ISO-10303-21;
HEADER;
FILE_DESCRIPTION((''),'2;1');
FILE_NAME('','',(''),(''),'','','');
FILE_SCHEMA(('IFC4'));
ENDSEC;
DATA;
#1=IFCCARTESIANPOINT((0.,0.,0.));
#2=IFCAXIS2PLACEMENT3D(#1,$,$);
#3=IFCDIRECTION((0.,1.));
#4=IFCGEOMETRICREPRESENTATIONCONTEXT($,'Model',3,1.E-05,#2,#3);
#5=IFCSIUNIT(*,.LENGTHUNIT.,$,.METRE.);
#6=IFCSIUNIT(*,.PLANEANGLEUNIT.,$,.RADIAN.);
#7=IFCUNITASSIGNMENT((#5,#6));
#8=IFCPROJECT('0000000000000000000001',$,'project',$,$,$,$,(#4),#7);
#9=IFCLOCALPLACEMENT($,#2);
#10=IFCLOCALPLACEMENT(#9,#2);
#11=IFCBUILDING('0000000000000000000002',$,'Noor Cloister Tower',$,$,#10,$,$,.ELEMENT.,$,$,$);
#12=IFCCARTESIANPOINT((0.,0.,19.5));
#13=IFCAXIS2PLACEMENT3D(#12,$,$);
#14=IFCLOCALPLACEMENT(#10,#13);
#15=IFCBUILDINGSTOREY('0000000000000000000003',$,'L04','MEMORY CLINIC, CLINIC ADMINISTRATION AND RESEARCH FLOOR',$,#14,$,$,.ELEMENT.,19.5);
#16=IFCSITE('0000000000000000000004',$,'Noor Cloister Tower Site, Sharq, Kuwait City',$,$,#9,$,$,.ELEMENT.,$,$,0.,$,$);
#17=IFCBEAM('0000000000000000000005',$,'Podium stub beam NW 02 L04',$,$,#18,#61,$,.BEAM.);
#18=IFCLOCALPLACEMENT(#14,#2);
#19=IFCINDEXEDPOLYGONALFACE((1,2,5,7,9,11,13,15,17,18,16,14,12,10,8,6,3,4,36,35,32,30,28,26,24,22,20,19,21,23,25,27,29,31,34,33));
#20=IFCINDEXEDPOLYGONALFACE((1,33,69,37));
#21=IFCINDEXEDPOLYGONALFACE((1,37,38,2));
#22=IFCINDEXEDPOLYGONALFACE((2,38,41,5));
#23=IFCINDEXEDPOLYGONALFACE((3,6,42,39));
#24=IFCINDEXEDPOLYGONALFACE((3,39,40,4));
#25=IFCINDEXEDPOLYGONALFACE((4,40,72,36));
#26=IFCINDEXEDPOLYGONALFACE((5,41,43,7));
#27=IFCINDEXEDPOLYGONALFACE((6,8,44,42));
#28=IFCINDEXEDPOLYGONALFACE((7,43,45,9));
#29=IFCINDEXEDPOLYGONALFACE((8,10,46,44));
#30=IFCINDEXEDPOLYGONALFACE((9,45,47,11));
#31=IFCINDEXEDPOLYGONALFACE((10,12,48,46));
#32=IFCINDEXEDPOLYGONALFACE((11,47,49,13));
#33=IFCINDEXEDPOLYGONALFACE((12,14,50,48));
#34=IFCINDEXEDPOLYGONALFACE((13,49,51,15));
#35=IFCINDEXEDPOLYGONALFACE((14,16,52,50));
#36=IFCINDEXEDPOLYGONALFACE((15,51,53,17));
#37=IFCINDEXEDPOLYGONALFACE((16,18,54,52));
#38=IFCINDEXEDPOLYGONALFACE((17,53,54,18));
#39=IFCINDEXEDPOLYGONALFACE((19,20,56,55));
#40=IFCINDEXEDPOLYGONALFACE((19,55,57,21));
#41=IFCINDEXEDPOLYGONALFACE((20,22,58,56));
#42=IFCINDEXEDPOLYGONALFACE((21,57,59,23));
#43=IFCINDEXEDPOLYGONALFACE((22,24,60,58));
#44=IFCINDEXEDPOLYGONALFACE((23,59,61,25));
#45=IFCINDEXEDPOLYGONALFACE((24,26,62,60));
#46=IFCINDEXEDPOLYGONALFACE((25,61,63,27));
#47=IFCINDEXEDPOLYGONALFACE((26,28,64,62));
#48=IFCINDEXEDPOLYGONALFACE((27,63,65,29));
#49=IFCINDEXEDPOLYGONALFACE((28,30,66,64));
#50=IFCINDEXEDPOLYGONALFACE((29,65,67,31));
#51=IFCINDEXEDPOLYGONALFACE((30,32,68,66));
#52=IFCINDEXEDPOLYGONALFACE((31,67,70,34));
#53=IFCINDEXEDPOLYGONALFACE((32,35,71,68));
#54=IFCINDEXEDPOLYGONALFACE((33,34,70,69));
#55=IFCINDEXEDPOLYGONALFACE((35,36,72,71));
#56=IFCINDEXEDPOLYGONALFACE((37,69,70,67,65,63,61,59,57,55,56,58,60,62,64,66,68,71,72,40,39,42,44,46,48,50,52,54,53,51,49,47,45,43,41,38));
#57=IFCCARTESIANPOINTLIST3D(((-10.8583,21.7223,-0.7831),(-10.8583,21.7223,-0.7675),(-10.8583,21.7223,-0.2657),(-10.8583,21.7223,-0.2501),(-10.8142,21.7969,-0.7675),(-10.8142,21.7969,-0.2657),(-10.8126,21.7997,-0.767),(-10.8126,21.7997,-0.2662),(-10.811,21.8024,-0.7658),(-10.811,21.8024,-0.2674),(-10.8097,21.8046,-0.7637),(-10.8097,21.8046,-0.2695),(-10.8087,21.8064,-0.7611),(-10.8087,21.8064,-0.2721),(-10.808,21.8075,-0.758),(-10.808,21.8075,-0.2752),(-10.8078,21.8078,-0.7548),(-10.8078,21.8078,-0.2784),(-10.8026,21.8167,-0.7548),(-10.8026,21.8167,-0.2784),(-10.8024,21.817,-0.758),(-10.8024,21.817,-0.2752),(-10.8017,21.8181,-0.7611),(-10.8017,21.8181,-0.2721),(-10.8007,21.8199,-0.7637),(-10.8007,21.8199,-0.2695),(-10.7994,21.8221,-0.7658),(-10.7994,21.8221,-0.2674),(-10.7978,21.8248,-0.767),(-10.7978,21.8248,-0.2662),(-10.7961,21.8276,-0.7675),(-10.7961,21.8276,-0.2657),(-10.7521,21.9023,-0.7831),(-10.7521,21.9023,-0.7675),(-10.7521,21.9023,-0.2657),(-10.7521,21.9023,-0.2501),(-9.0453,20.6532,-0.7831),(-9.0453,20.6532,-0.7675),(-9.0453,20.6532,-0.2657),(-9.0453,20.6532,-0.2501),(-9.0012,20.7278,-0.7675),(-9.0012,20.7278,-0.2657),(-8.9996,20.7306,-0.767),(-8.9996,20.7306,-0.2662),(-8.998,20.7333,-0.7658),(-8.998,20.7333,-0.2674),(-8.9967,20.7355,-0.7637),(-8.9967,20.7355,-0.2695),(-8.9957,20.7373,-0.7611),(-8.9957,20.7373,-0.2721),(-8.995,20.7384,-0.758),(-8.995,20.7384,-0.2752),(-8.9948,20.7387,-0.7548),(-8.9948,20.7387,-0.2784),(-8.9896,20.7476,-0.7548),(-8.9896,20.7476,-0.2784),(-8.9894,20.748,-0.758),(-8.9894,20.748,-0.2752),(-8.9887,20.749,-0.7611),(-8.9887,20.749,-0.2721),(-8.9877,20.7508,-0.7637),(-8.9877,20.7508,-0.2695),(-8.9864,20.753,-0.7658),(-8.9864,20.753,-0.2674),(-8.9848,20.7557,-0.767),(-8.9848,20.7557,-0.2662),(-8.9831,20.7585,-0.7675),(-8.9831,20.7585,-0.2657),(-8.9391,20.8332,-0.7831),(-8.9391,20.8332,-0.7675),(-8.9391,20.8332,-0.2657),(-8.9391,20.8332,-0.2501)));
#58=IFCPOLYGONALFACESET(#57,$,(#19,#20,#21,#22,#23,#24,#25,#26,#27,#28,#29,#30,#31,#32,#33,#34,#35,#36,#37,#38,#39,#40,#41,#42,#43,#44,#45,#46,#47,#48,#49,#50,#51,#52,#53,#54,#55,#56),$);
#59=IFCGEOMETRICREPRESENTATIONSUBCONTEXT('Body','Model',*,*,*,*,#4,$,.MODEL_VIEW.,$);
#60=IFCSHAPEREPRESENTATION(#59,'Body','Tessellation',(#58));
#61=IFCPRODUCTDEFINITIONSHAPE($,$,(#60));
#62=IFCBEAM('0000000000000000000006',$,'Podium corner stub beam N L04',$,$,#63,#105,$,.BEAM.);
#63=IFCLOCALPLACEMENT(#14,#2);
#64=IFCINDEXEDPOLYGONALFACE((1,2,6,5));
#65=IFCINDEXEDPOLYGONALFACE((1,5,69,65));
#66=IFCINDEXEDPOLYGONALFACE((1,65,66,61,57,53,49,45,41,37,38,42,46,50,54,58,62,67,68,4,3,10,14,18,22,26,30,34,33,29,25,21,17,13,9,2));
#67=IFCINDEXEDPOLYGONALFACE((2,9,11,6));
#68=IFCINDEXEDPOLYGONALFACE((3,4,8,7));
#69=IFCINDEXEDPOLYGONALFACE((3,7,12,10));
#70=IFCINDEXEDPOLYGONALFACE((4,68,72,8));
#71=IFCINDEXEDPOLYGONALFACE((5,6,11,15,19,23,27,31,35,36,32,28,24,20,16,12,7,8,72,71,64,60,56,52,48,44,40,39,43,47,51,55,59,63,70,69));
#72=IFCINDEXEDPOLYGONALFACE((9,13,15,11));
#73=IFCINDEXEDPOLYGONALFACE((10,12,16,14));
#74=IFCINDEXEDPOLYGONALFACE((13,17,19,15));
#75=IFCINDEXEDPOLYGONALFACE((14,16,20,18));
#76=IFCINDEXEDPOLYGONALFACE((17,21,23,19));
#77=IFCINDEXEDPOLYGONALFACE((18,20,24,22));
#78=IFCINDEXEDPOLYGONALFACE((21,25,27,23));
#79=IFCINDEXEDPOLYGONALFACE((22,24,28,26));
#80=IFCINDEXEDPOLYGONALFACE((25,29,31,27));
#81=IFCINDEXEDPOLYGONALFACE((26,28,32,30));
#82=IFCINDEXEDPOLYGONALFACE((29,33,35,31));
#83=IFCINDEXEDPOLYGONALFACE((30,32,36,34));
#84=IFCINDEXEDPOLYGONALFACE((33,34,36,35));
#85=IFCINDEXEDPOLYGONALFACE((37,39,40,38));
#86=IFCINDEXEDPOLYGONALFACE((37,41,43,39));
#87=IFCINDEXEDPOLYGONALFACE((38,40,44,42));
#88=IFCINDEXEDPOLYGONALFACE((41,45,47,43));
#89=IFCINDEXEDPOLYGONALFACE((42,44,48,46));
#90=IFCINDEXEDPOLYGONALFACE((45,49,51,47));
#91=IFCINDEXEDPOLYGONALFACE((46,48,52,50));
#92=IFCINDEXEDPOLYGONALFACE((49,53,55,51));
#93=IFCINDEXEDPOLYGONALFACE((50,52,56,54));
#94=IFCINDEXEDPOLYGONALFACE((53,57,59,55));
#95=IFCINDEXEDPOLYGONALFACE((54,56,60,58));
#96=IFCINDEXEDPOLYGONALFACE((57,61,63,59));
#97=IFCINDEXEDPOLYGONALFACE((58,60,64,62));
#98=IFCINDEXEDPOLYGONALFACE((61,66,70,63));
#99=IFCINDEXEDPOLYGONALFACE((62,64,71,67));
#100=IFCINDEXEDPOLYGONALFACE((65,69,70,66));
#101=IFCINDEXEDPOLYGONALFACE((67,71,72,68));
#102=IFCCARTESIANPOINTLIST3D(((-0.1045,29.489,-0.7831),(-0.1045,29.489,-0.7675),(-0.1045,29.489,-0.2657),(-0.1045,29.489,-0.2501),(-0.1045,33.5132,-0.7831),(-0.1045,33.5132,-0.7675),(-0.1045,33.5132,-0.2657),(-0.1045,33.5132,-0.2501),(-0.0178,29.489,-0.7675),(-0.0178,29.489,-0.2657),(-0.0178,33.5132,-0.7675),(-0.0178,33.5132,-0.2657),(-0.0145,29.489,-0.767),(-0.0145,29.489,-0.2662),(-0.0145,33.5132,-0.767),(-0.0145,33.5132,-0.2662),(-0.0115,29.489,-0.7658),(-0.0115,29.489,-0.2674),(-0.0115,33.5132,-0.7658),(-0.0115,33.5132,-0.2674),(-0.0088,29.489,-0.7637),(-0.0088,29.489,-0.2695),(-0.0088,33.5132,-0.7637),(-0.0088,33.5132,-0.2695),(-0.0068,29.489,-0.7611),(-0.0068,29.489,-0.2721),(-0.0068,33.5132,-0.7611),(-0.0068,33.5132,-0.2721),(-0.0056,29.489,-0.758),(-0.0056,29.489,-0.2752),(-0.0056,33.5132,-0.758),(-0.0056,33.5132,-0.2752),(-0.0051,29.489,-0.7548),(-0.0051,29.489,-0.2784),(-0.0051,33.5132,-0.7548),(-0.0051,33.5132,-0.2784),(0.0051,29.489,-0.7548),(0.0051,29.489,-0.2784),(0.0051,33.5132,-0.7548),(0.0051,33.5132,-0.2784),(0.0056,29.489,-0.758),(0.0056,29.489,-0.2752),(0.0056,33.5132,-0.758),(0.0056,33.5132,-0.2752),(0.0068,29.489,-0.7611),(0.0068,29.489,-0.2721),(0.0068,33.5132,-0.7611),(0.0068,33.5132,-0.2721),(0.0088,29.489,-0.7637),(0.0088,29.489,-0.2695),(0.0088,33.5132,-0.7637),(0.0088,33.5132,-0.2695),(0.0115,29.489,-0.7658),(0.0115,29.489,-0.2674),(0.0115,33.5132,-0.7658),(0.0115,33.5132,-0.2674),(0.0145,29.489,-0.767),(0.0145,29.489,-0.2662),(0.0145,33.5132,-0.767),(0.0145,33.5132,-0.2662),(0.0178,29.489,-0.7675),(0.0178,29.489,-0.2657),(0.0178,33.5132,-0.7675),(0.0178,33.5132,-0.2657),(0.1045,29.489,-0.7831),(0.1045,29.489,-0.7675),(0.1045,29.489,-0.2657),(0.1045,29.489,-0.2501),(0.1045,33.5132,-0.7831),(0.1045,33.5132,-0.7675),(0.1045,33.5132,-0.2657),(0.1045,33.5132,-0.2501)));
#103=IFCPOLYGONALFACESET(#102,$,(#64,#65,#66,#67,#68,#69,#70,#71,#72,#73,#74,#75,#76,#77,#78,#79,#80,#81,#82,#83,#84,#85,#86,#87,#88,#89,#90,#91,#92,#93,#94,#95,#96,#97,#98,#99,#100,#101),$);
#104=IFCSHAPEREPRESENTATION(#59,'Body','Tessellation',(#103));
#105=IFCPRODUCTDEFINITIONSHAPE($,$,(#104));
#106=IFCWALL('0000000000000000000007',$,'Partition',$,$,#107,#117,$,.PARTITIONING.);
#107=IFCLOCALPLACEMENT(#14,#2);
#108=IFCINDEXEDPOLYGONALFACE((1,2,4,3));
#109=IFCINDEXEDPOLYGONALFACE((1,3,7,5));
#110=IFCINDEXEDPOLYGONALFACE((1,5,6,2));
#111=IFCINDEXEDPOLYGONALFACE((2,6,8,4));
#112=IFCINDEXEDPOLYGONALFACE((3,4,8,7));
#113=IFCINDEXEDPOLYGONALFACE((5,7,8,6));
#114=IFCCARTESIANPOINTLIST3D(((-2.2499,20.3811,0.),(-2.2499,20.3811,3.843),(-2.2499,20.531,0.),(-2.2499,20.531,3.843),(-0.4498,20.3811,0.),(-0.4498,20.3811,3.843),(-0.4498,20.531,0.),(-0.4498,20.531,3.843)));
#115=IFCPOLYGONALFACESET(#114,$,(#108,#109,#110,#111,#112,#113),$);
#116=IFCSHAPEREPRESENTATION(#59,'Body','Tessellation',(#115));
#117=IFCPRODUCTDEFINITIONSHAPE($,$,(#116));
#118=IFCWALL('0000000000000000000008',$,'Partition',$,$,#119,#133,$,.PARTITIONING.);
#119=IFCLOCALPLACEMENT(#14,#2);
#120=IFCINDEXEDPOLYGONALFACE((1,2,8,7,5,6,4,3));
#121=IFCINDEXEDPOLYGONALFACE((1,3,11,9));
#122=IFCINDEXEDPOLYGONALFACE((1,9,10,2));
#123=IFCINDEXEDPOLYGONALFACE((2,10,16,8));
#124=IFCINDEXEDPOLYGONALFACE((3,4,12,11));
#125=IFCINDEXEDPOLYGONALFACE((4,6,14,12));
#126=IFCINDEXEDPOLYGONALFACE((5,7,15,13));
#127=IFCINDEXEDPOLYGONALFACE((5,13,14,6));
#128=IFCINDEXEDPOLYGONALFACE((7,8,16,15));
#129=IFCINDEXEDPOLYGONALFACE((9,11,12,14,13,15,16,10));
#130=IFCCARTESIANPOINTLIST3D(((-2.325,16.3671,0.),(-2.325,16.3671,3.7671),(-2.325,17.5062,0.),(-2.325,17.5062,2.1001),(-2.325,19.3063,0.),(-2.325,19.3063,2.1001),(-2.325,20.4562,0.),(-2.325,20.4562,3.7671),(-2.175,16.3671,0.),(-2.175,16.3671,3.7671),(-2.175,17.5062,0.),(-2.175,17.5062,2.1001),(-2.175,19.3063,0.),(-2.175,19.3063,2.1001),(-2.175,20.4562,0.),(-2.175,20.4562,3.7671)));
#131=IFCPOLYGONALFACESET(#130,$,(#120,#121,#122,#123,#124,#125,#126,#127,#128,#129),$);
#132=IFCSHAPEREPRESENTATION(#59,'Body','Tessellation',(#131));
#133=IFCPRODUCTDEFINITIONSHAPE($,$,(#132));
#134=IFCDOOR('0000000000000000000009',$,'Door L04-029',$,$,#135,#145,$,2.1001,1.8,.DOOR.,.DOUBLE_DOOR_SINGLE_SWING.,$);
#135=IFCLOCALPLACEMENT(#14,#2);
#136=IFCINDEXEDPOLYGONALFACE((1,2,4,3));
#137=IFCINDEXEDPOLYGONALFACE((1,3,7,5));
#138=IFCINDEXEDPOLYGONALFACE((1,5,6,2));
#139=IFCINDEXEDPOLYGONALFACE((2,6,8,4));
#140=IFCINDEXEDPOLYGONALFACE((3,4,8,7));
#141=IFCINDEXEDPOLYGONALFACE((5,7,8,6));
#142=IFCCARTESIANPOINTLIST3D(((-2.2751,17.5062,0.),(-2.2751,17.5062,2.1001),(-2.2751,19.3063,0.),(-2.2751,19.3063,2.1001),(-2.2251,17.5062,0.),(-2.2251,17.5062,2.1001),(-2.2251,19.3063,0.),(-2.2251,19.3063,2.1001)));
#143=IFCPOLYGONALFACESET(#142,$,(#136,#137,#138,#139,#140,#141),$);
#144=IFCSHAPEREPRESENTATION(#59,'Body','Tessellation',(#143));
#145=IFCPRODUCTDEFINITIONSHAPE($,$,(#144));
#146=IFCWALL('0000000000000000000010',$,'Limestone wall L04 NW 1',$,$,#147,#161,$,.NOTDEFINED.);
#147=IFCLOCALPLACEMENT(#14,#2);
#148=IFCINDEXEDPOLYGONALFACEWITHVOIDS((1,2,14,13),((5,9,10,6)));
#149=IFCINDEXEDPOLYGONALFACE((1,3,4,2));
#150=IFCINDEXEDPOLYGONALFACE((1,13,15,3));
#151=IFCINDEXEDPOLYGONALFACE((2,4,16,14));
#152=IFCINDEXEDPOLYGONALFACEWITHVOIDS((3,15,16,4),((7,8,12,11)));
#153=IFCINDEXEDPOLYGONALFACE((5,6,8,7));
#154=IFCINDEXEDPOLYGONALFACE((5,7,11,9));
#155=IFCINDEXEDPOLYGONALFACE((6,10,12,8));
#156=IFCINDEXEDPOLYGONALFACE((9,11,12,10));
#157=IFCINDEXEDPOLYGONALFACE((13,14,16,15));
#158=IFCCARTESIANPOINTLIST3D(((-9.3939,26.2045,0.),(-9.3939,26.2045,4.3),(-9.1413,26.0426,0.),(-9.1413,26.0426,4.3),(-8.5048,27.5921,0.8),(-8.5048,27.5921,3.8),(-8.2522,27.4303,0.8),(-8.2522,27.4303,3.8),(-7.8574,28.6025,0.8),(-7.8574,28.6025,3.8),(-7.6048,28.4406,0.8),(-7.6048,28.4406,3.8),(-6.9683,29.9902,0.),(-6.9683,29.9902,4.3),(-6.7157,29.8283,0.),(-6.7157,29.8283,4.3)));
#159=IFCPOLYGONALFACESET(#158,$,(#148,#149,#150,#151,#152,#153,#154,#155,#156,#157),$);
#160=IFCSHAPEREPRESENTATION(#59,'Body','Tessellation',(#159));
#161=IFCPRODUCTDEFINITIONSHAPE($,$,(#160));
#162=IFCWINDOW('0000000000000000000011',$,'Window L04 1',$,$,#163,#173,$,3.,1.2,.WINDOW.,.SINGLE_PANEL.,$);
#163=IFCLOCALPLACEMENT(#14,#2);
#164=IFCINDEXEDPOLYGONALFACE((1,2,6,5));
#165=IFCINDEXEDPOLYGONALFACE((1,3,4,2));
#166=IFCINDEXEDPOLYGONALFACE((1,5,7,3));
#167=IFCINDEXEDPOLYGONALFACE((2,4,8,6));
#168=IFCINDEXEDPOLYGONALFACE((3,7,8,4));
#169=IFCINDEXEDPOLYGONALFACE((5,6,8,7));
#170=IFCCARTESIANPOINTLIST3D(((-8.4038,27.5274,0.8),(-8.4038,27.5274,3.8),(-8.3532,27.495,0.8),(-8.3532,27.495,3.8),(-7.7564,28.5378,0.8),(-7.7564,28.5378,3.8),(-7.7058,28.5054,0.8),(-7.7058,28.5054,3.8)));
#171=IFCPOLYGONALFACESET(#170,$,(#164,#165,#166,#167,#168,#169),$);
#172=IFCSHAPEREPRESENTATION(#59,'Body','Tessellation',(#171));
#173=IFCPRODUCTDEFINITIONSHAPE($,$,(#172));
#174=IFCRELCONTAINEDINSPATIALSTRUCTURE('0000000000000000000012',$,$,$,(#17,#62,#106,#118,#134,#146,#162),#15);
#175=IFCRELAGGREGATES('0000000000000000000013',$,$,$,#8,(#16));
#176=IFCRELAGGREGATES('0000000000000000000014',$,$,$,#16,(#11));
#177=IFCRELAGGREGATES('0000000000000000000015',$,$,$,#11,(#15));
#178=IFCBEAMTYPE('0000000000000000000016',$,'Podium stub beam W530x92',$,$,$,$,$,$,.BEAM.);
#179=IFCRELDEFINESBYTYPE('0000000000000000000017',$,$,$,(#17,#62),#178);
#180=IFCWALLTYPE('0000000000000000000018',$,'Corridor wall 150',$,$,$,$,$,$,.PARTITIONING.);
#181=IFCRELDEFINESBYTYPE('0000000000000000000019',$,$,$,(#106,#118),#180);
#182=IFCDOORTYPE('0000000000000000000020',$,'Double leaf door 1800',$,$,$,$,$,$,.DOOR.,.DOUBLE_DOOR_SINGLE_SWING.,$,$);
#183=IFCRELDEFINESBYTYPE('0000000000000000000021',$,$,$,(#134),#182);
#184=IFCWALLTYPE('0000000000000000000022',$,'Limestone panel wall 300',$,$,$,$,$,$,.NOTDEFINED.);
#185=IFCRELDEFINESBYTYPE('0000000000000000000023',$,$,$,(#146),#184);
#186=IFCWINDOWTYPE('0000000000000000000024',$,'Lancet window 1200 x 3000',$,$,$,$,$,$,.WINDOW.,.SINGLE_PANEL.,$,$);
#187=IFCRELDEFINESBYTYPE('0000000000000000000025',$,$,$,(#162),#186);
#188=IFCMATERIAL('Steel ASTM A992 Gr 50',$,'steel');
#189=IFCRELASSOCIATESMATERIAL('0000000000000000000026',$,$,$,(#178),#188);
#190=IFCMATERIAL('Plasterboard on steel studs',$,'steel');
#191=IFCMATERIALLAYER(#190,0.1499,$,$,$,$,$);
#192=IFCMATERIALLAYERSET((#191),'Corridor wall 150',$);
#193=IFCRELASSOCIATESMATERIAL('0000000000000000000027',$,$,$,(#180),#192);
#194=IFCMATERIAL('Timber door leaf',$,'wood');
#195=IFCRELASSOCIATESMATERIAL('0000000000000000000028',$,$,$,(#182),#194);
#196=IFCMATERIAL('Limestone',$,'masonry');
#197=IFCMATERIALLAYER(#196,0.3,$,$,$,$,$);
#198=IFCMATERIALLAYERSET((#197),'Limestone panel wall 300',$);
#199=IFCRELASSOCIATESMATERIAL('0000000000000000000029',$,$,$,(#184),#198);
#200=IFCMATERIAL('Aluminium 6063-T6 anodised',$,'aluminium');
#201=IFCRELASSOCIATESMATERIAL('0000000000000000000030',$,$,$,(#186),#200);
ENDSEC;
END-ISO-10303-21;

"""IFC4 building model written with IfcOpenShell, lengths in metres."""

from ifc_helpers import new_model, si_unit, direction, frame, frame_2d, origin, origin_2d, place, context, subcontext, project, spatial, rectangle, i_section, extrude, material, layer, layer_set, material_profile, profile_set, type_object, element, fill, save


model = new_model("IFC4")

# Units and contexts
model_context = context("Model", 3, precision=1e-05, world=origin(), true_north=direction((0.0, 1.0)))
body_context = subcontext(model_context, "Body", "Model", "MODEL_VIEW")
ifc_project = project(units=[si_unit("LENGTHUNIT", "METRE"), si_unit("PLANEANGLEUNIT", "RADIAN")], contexts=[model_context])

# Site, building, storey
site_placement = place(None, origin())
site = spatial("IfcSite", under=ifc_project, at=site_placement, Name="Noor Cloister Tower Site, Sharq, Kuwait City", CompositionType="ELEMENT", RefElevation=0.0)
building_placement = place(site_placement, origin())
building = spatial("IfcBuilding", under=site, at=building_placement, Name="Noor Cloister Tower", CompositionType="ELEMENT")
storey_placement = place(building_placement, frame((0.0, 0.0, 19.5)))
storey = spatial("IfcBuildingStorey", under=building, at=storey_placement, Name="L04", Description="MEMORY CLINIC, CLINIC ADMINISTRATION AND RESEARCH FLOOR", CompositionType="ELEMENT", Elevation=19.5)

# Beams
ifc_material_1 = material(Name="Steel ASTM A992 Gr 50", Category="steel")
ifc_material_profile_1 = material_profile(ifc_material_1, i_section(OverallWidth=0.209, OverallDepth=0.533, WebThickness=0.0103, FlangeThickness=0.0156, FilletRadius=0.0127, at=origin_2d()), Name="W530x92")
ifc_profile_set_1 = profile_set([ifc_material_profile_1], Name="Steel ASTM A992 Gr 50")
beam_type_1 = type_object("IfcBeamType", Name="Podium stub beam W530x92", PredefinedType="BEAM", material=ifc_profile_set_1)
beam_1_placement = place(storey_placement, frame((-8.9922, 20.7432, -0.5166), z_axis=(-0.861388, 0.507948, 0.0), x_axis=(-0.507948, -0.861388, 0.0)))
element("IfcBeam", 1, at=beam_1_placement, inside=storey, type_object=beam_type_1, Name="Podium stub beam NW 02 L04", PredefinedType="BEAM", context=body_context, shape_type="SweptSolid", body=[
    extrude(i_section(OverallWidth=0.209, OverallDepth=0.533, WebThickness=0.0103, FlangeThickness=0.0156, FilletRadius=0.0127, at=origin_2d()), origin(), (0.0, 0.0, 1.0), 2.1047),
])
beam_2_placement = place(storey_placement, frame((0.0, 29.489, -0.5166), z_axis=(0.0, 1.0, 0.0), x_axis=(-1.0, 0.0, 0.0)))
element("IfcBeam", 2, at=beam_2_placement, inside=storey, type_object=beam_type_1, Name="Podium corner stub beam N L04", PredefinedType="BEAM", context=body_context, shape_type="SweptSolid", body=[
    extrude(i_section(OverallWidth=0.209, OverallDepth=0.533, WebThickness=0.0103, FlangeThickness=0.0156, FilletRadius=0.0127, at=origin_2d()), origin(), (0.0, 0.0, 1.0), 4.0242),
])

# Wall
ifc_material_2 = material(Name="Plasterboard on steel studs", Category="steel")
ifc_layer_1 = layer(ifc_material_2, 0.1499)
ifc_layer_set_1 = layer_set([ifc_layer_1], Name="Corridor wall 150")
wall_type_1 = type_object("IfcWallType", Name="Corridor wall 150", PredefinedType="PARTITIONING", material=ifc_layer_set_1)
wall_1_placement = place(storey_placement, frame((-0.45, 20.4561, 0.0), z_axis=(0.0, 0.0, 1.0), x_axis=(-1.0, 0.0, 0.0)))
element("IfcWall", 3, at=wall_1_placement, inside=storey, type_object=wall_type_1, Name="Partition", PredefinedType="PARTITIONING", context=body_context, shape_type="SweptSolid", body=[
    extrude(rectangle(XDim=1.8, YDim=0.1499, at=frame_2d((0.8999, 0.0))), origin(), (0.0, 0.0, 1.0), 3.843),
])

# Wall, opening, door
wall_2_placement = place(storey_placement, frame((-2.25, 20.4561, 0.0), z_axis=(0.0, 0.0, 1.0), x_axis=(0.0, -1.0, 0.0)))
wall_2 = element("IfcWall", 4, at=wall_2_placement, inside=storey, type_object=wall_type_1, Name="Partition", PredefinedType="PARTITIONING", context=body_context, shape_type="SweptSolid", body=[
    extrude(rectangle(XDim=4.0891, YDim=0.1499, at=frame_2d((2.0444, 0.0))), origin(), (0.0, 0.0, 1.0), 3.7671),
])
opening_1_placement = place(wall_2_placement, frame((1.1499, 0.0, 0.0)))
opening_1 = element("IfcOpeningElement", 5, at=opening_1_placement, cuts=wall_2, PredefinedType="OPENING", context=body_context, shape_type="SweptSolid", body=[
    extrude(rectangle(XDim=1.8, YDim=2.1001, at=frame_2d((0.8999, 1.05))), frame((0.0, 0.085, 0.0), z_axis=(0.0, -1.0, 0.0), x_axis=(1.0, 0.0, 0.0)), (0.0, 0.0, 1.0), 0.1699),
])
ifc_material_3 = material(Name="Timber door leaf", Category="wood")
door_type = type_object("IfcDoorType", Name="Double leaf door 1800", OperationType="DOUBLE_DOOR_SINGLE_SWING", PredefinedType="DOOR", material=ifc_material_3)
door_placement = place(opening_1_placement, origin())
door = element("IfcDoor", 6, at=door_placement, inside=storey, type_object=door_type, Name="Door L04-029", OperationType="DOUBLE_DOOR_SINGLE_SWING", OverallHeight=2.1001, OverallWidth=1.8, PredefinedType="DOOR", context=body_context, shape_type="SweptSolid", body=[
    extrude(rectangle(XDim=1.8, YDim=2.1001, at=frame_2d((0.8999, 1.05))), frame((0.0, 0.0249, 0.0), z_axis=(0.0, -1.0, 0.0), x_axis=(1.0, 0.0, 0.0)), (0.0, 0.0, 1.0), 0.05),
])
fill(opening_1, door)

# Wall, opening, window
ifc_material_4 = material(Name="Limestone", Category="masonry")
ifc_layer_2 = layer(ifc_material_4, 0.3)
ifc_layer_set_2 = layer_set([ifc_layer_2], Name="Limestone panel wall 300")
wall_type_2 = type_object("IfcWallType", Name="Limestone panel wall 300", PredefinedType="NOTDEFINED", material=ifc_layer_set_2)
wall_3_placement = place(storey_placement, frame((-9.2676, 26.1235, 0.0), z_axis=(0.0, 0.0, 1.0), x_axis=(0.539484, 0.841996, 0.0)))
wall_3 = element("IfcWall", 7, at=wall_3_placement, inside=storey, type_object=wall_type_2, Name="Limestone wall L04 NW 1", PredefinedType="NOTDEFINED", context=body_context, shape_type="SweptSolid", body=[
    extrude(rectangle(XDim=4.4961, YDim=0.3, at=frame_2d((2.248, 0.0))), origin(), (0.0, 0.0, 1.0), 4.3),
])
opening_2_placement = place(wall_3_placement, frame((1.6479, 0.0, 0.8)))
opening_2 = element("IfcOpeningElement", 8, at=opening_2_placement, cuts=wall_3, PredefinedType="OPENING", context=body_context, shape_type="SweptSolid", body=[
    extrude(rectangle(XDim=1.2, YDim=3.0, at=frame_2d((0.6001, 1.5))), frame((0.0, 0.1602, 0.0), z_axis=(0.0, -1.0, 0.0), x_axis=(1.0, 0.0, 0.0)), (0.0, 0.0, 1.0), 0.3201),
])
ifc_material_5 = material(Name="Aluminium 6063-T6 anodised", Category="aluminium")
window_type_1 = type_object("IfcWindowType", Name="Lancet window 1200 x 3000", PartitioningType="SINGLE_PANEL", PredefinedType="WINDOW", material=ifc_material_5)
window_1_placement = place(opening_2_placement, origin())
window_1 = element("IfcWindow", 9, at=window_1_placement, inside=storey, type_object=window_type_1, Name="Window L04 1", OverallHeight=3.0, OverallWidth=1.2, PartitioningType="SINGLE_PANEL", PredefinedType="WINDOW", context=body_context, shape_type="SweptSolid", body=[
    extrude(rectangle(XDim=1.2, YDim=3.0, at=frame_2d((0.6001, 1.5))), frame((0.0, 0.03, 0.0), z_axis=(0.0, -1.0, 0.0), x_axis=(1.0, 0.0, 0.0)), (0.0, 0.0, 1.0), 0.0601),
])
fill(opening_2, window_1)

save(model, "model.ifc")
